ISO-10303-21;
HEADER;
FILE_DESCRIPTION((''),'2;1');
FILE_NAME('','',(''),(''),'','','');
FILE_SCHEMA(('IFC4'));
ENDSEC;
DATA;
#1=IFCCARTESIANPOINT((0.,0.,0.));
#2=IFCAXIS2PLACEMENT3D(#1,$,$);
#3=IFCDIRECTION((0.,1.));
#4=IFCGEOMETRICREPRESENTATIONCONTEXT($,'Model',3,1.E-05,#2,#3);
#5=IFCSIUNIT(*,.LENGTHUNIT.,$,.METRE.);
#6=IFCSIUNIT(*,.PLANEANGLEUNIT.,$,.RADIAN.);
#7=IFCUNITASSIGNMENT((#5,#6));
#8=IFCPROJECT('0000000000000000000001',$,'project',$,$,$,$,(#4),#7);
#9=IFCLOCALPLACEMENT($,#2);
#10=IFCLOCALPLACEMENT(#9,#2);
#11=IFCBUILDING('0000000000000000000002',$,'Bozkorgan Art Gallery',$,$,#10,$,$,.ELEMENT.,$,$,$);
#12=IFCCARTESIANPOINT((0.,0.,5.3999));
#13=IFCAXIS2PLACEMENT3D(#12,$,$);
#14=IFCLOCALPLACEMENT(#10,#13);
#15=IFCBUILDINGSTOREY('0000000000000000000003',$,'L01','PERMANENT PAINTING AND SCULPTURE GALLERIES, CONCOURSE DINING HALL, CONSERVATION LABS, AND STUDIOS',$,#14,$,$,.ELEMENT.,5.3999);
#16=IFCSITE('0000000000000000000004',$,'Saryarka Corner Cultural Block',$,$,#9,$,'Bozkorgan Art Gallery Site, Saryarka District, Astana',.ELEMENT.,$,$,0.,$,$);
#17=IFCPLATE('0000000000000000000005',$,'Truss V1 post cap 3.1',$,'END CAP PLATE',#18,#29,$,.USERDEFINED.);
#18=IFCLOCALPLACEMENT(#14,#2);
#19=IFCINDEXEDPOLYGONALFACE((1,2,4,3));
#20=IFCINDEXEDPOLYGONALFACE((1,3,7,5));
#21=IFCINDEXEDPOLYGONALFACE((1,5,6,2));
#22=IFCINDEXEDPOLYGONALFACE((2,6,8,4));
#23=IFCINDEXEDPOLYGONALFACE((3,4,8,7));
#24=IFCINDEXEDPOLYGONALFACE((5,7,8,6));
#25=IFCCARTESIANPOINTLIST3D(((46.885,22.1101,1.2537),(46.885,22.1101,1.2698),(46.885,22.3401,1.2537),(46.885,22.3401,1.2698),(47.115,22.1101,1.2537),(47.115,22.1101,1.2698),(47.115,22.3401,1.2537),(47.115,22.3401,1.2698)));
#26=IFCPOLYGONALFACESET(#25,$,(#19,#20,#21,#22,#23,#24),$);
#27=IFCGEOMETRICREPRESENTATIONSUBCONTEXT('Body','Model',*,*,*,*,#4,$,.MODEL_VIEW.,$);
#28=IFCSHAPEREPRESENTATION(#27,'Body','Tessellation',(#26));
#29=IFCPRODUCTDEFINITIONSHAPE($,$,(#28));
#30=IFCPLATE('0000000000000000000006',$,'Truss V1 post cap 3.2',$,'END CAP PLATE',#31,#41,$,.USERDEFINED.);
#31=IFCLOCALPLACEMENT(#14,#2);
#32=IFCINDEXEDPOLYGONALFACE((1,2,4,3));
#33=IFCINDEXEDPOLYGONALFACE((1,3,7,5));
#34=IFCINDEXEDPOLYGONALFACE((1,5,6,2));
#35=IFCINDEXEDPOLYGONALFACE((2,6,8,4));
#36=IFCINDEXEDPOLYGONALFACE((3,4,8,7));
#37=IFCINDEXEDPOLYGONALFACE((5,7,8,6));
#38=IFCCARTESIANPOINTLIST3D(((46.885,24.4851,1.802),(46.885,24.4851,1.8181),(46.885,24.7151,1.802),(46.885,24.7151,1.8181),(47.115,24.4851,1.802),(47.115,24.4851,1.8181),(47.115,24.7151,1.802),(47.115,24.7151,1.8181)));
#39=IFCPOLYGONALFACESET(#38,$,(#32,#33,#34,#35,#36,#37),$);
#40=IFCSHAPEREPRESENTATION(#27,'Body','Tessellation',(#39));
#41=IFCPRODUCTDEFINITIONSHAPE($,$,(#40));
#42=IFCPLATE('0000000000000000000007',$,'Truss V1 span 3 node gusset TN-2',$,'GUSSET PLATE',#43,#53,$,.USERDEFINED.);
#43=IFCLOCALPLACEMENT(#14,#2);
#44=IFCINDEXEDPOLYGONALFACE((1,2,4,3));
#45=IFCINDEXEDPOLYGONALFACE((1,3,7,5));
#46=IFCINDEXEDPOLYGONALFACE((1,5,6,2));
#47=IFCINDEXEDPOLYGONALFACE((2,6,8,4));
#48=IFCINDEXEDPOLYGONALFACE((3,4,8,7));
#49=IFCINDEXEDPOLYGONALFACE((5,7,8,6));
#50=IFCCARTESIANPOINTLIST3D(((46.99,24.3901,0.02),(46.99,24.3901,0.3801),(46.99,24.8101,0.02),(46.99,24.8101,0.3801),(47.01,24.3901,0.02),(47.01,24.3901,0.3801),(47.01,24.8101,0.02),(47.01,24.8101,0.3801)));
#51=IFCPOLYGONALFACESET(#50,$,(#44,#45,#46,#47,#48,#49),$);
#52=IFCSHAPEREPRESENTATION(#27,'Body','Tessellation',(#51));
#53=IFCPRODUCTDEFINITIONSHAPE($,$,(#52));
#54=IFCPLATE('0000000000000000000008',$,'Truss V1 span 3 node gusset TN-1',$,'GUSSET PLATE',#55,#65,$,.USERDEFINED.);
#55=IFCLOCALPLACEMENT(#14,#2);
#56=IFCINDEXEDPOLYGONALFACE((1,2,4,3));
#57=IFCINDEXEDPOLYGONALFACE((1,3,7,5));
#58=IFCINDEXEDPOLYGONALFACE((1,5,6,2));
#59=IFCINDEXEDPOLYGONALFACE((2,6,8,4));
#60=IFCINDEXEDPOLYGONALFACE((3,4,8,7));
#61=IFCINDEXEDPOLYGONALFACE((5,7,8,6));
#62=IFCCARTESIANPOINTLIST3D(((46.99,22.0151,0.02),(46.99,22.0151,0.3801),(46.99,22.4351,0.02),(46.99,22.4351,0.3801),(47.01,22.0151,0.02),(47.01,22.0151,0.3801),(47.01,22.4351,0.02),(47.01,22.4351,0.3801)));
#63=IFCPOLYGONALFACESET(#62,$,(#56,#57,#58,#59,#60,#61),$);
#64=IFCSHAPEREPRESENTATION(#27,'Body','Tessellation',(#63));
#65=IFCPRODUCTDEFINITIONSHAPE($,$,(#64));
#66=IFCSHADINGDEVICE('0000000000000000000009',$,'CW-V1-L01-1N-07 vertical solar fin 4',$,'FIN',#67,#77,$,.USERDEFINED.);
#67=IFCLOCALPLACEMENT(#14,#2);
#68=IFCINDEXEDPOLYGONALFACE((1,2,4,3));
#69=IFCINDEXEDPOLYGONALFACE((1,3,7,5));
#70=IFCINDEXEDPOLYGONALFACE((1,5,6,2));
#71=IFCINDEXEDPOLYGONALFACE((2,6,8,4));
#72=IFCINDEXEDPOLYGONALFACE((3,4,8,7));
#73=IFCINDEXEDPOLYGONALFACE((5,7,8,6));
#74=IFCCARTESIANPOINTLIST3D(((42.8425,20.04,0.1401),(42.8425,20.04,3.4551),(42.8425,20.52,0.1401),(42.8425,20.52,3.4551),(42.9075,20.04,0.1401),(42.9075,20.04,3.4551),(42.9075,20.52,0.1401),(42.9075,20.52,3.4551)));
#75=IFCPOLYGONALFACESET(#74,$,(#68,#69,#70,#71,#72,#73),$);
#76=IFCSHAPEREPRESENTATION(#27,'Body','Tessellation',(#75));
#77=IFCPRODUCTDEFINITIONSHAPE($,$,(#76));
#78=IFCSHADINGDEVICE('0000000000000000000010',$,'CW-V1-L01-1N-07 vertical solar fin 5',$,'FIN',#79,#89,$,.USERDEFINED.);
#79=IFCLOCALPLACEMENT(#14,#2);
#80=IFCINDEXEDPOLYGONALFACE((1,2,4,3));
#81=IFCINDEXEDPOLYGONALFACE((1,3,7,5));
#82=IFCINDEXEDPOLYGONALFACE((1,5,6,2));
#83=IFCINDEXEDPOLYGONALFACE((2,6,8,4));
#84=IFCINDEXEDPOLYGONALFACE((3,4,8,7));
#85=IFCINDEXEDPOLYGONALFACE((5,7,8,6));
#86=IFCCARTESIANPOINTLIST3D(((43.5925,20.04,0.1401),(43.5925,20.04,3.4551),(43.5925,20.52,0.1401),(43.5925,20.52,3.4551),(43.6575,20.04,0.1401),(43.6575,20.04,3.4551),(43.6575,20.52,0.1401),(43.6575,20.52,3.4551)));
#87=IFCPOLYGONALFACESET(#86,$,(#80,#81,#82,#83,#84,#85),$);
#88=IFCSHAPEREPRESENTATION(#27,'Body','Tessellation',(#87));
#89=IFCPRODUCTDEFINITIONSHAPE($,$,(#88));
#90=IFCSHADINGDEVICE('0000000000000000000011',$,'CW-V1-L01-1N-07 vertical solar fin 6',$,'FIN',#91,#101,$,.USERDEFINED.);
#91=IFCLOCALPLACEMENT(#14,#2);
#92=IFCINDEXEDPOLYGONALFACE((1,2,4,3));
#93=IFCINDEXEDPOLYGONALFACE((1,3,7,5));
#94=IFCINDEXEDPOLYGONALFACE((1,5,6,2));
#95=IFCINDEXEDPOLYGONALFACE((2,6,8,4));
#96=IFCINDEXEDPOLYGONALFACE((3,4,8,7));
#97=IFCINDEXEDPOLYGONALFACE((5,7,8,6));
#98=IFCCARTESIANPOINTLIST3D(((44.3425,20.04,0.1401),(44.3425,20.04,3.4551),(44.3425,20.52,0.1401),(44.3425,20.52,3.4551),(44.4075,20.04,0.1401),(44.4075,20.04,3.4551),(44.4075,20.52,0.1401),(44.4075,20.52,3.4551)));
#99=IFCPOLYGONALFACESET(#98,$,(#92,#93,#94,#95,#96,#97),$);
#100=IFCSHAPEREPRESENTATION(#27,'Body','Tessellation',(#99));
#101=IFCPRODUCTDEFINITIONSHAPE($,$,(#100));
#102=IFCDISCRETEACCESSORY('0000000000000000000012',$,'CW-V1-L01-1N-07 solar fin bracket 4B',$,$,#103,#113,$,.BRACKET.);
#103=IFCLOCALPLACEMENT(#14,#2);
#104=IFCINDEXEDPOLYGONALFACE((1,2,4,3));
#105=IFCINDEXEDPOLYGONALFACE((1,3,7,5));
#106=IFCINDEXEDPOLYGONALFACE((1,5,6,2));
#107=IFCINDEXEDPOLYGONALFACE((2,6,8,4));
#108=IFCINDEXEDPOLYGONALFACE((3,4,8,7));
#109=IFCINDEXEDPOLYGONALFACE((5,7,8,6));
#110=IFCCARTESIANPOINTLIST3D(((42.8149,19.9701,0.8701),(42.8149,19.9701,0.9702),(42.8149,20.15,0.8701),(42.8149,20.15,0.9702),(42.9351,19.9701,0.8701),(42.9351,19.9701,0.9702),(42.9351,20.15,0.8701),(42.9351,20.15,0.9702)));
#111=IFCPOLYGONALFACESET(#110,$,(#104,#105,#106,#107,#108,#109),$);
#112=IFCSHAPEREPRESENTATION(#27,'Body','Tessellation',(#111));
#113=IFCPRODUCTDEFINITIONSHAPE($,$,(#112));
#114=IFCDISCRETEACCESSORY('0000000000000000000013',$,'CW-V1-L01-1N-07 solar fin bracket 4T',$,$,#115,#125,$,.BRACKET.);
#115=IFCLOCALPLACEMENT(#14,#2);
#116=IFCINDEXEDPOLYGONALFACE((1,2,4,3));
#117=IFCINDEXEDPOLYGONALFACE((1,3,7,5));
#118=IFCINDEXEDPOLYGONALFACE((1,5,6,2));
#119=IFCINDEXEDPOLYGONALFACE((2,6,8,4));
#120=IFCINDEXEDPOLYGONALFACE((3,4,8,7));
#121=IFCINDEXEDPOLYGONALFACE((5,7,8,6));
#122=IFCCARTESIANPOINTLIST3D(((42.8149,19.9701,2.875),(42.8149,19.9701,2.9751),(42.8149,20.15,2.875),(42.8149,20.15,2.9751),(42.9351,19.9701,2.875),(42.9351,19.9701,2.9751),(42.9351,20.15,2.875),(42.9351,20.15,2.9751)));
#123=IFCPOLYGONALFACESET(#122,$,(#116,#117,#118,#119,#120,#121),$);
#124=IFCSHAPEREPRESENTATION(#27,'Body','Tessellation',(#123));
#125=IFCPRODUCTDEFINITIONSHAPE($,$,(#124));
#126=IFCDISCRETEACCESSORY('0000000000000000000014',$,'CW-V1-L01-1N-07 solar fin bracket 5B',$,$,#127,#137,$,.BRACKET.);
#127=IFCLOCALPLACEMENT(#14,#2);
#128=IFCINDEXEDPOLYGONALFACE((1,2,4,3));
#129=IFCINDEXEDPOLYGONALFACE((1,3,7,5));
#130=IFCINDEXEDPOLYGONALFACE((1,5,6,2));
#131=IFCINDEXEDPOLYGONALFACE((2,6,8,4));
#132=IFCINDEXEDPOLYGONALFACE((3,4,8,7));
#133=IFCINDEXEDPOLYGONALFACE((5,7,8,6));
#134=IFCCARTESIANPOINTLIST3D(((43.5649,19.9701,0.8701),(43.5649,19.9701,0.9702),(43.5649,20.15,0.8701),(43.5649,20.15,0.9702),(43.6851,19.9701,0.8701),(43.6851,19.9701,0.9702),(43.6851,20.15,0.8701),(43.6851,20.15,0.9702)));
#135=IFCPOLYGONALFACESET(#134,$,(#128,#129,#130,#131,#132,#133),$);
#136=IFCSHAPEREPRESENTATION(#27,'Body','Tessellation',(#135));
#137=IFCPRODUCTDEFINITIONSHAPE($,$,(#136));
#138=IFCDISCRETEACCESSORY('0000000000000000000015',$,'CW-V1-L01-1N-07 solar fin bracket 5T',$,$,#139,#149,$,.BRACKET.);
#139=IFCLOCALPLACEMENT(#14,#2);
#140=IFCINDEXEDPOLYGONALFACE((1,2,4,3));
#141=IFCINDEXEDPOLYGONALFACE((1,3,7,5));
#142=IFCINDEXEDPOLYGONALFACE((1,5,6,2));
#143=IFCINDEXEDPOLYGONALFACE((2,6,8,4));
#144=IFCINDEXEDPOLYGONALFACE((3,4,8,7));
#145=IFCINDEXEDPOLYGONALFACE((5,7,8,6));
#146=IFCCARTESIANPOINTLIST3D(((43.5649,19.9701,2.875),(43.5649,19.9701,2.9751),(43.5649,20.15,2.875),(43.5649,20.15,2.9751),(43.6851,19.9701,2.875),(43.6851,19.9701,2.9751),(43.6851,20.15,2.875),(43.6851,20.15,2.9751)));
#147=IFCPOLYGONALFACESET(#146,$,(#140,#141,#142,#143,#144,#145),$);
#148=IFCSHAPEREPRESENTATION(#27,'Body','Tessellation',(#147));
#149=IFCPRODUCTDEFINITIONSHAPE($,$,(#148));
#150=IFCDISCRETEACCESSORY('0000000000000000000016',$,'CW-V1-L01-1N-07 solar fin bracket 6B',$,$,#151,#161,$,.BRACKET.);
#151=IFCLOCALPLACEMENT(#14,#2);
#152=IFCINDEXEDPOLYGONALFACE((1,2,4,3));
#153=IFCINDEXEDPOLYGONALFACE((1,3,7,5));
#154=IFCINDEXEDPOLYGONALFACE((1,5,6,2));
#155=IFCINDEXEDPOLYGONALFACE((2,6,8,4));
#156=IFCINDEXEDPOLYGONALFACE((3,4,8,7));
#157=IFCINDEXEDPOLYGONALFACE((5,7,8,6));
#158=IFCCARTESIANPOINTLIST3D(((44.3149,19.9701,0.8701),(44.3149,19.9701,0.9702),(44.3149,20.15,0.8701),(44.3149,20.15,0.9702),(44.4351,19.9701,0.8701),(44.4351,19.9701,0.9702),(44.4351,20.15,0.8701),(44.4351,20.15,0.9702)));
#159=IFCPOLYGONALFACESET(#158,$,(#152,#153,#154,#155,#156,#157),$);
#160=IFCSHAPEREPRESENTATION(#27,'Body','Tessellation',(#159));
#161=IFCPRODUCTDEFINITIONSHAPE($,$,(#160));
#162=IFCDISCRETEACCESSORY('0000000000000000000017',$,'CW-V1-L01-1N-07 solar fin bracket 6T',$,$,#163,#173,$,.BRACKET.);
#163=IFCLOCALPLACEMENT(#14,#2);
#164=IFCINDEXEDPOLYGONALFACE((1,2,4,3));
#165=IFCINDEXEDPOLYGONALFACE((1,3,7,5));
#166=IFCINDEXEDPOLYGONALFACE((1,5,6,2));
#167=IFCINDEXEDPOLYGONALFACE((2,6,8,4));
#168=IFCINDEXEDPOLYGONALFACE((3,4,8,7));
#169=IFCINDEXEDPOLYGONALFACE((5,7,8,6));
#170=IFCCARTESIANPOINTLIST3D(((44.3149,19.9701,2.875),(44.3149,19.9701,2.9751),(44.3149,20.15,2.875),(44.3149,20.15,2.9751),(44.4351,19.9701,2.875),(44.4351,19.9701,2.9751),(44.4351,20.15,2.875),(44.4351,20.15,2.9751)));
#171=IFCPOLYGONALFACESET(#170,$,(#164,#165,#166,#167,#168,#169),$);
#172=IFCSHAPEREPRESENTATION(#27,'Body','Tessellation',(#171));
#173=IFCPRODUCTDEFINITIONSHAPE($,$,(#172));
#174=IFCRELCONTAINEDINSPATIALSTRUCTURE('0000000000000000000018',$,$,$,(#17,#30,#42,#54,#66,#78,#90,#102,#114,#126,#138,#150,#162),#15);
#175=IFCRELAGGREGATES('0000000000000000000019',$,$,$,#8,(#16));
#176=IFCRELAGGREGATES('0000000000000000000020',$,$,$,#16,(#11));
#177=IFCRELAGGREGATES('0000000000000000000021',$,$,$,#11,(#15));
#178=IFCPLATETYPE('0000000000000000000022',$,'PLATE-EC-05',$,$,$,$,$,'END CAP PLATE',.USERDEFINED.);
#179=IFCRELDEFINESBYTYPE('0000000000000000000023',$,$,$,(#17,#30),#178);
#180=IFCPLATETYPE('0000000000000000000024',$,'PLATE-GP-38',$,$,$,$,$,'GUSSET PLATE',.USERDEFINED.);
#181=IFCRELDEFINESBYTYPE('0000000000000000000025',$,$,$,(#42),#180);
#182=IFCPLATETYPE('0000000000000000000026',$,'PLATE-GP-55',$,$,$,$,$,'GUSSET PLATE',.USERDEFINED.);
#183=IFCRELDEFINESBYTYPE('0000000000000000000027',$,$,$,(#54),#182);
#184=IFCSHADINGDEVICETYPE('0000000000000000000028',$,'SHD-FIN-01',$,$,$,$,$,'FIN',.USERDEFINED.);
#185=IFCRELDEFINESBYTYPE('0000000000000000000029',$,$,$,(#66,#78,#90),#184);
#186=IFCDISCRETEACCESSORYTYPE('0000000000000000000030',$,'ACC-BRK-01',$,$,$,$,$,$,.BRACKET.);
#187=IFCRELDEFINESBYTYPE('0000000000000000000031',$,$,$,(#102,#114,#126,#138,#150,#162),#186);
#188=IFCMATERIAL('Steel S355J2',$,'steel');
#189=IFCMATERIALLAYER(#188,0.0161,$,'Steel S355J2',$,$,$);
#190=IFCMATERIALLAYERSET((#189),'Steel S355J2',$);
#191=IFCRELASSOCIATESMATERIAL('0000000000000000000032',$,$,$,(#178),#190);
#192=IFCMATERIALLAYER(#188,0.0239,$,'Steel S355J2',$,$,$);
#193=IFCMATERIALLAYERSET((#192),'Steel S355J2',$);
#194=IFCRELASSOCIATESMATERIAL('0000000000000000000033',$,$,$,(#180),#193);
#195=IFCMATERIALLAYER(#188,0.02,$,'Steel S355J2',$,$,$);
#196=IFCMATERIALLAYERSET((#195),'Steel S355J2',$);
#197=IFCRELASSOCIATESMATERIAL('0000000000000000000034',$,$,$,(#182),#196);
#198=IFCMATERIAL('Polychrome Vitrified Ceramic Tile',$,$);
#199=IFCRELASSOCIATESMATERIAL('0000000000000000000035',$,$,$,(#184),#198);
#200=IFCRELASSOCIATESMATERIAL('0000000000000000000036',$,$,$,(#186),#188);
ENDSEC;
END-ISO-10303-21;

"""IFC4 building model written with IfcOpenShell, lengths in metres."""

from ifc_helpers import new_model, si_unit, direction, frame, origin, origin_2d, place, context, subcontext, project, spatial, rectangle, extrude, material, layer, layer_set, type_object, element, save


model = new_model("IFC4")

# Units and contexts
model_context = context("Model", 3, precision=1e-05, world=origin(), true_north=direction((0.0, 1.0)))
body_context = subcontext(model_context, "Body", "Model", "MODEL_VIEW")
ifc_project = project(units=[si_unit("LENGTHUNIT", "METRE"), si_unit("PLANEANGLEUNIT", "RADIAN")], contexts=[model_context])

# Site, building, storey
site_placement = place(None, origin())
site = spatial("IfcSite", under=ifc_project, at=site_placement, Name="Saryarka Corner Cultural Block", LongName="Bozkorgan Art Gallery Site, Saryarka District, Astana", CompositionType="ELEMENT", RefElevation=0.0)
building_placement = place(site_placement, origin())
building = spatial("IfcBuilding", under=site, at=building_placement, Name="Bozkorgan Art Gallery", CompositionType="ELEMENT")
storey_placement = place(building_placement, frame((0.0, 0.0, 5.3999)))
storey = spatial("IfcBuildingStorey", under=building, at=storey_placement, Name="L01", Description="PERMANENT PAINTING AND SCULPTURE GALLERIES, CONCOURSE DINING HALL, CONSERVATION LABS, AND STUDIOS", CompositionType="ELEMENT", Elevation=5.3999)

# Shared definitions
ifc_material_1 = material(Name="Steel S355J2", Category="steel")

# Plates
ifc_layer_1 = layer(ifc_material_1, 0.0161, Name="Steel S355J2")
ifc_layer_set_1 = layer_set([ifc_layer_1], Name="Steel S355J2")
plate_type_1 = type_object("IfcPlateType", Name="PLATE-EC-05", ElementType="END CAP PLATE", PredefinedType="USERDEFINED", material=ifc_layer_set_1)
for number, where, z_axis, x_axis, name in (
    (1, (47.0, 22.2251, 1.2537), (0.0, 0.0, 1.0), (1.0, 0.0, 0.0), "Truss V1 post cap 3.1"),
    (2, (47.0, 24.6001, 1.802), (0.0, 0.0, 1.0), (1.0, 0.0, 0.0), "Truss V1 post cap 3.2"),
):
    element("IfcPlate", number, at=place(storey_placement, frame(where, z_axis=z_axis, x_axis=x_axis)), inside=storey, type_object=plate_type_1, Name=name, ObjectType="END CAP PLATE", PredefinedType="USERDEFINED", context=body_context, shape_type="SweptSolid", body=[
        extrude(rectangle(XDim=0.23, YDim=0.23, at=origin_2d()), origin(), (0.0, 0.0, 1.0), 0.0161),
    ])
ifc_layer_2 = layer(ifc_material_1, 0.0239, Name="Steel S355J2")
ifc_layer_set_2 = layer_set([ifc_layer_2], Name="Steel S355J2")
plate_type_2 = type_object("IfcPlateType", Name="PLATE-GP-38", ElementType="GUSSET PLATE", PredefinedType="USERDEFINED", material=ifc_layer_set_2)
plate_1_placement = place(storey_placement, frame((47.0, 24.6001, 0.02), z_axis=(0.0, 0.0, 1.0), x_axis=(1.0, 0.0, 0.0)))
element("IfcPlate", 3, at=plate_1_placement, inside=storey, type_object=plate_type_2, Name="Truss V1 span 3 node gusset TN-2", ObjectType="GUSSET PLATE", PredefinedType="USERDEFINED", context=body_context, shape_type="SweptSolid", body=[
    extrude(rectangle(XDim=0.02, YDim=0.4199, at=origin_2d()), origin(), (0.0, 0.0, 1.0), 0.3601),
])
ifc_layer_3 = layer(ifc_material_1, 0.02, Name="Steel S355J2")
ifc_layer_set_3 = layer_set([ifc_layer_3], Name="Steel S355J2")
plate_type_3 = type_object("IfcPlateType", Name="PLATE-GP-55", ElementType="GUSSET PLATE", PredefinedType="USERDEFINED", material=ifc_layer_set_3)
plate_2_placement = place(storey_placement, frame((47.0, 22.2251, 0.02), z_axis=(0.0, 0.0, 1.0), x_axis=(1.0, 0.0, 0.0)))
element("IfcPlate", 4, at=plate_2_placement, inside=storey, type_object=plate_type_3, Name="Truss V1 span 3 node gusset TN-1", ObjectType="GUSSET PLATE", PredefinedType="USERDEFINED", context=body_context, shape_type="SweptSolid", body=[
    extrude(rectangle(XDim=0.02, YDim=0.4199, at=origin_2d()), origin(), (0.0, 0.0, 1.0), 0.3601),
])

# Shading devices
ifc_material_2 = material(Name="Polychrome Vitrified Ceramic Tile")
shading_device_type = type_object("IfcShadingDeviceType", Name="SHD-FIN-01", ElementType="FIN", PredefinedType="USERDEFINED", material=ifc_material_2)
for number, where, z_axis, x_axis, name in (
    (5, (42.875, 20.28, 0.1401), (0.0, 0.0, 1.0), (0.0, 1.0, 0.0), "CW-V1-L01-1N-07 vertical solar fin 4"),
    (6, (43.625, 20.28, 0.1401), (0.0, 0.0, 1.0), (0.0, 1.0, 0.0), "CW-V1-L01-1N-07 vertical solar fin 5"),
    (7, (44.375, 20.28, 0.1401), (0.0, 0.0, 1.0), (0.0, 1.0, 0.0), "CW-V1-L01-1N-07 vertical solar fin 6"),
):
    element("IfcShadingDevice", number, at=place(storey_placement, frame(where, z_axis=z_axis, x_axis=x_axis)), inside=storey, type_object=shading_device_type, Name=name, ObjectType="FIN", PredefinedType="USERDEFINED", context=body_context, shape_type="SweptSolid", body=[
        extrude(rectangle(XDim=0.48, YDim=0.0649, at=origin_2d()), origin(), (0.0, 0.0, 1.0), 3.3149),
    ])

# Discrete accessories
discrete_accessory_type = type_object("IfcDiscreteAccessoryType", Name="ACC-BRK-01", PredefinedType="BRACKET", material=ifc_material_1)
for number, where, z_axis, x_axis, name in (
    (8, (42.875, 20.0601, 0.8701), (0.0, 0.0, 1.0), (0.0, 1.0, 0.0), "CW-V1-L01-1N-07 solar fin bracket 4B"),
    (9, (42.875, 20.0601, 2.875), (0.0, 0.0, 1.0), (0.0, 1.0, 0.0), "CW-V1-L01-1N-07 solar fin bracket 4T"),
    (10, (43.625, 20.0601, 0.8701), (0.0, 0.0, 1.0), (0.0, 1.0, 0.0), "CW-V1-L01-1N-07 solar fin bracket 5B"),
    (11, (43.625, 20.0601, 2.875), (0.0, 0.0, 1.0), (0.0, 1.0, 0.0), "CW-V1-L01-1N-07 solar fin bracket 5T"),
    (12, (44.375, 20.0601, 0.8701), (0.0, 0.0, 1.0), (0.0, 1.0, 0.0), "CW-V1-L01-1N-07 solar fin bracket 6B"),
    (13, (44.375, 20.0601, 2.875), (0.0, 0.0, 1.0), (0.0, 1.0, 0.0), "CW-V1-L01-1N-07 solar fin bracket 6T"),
):
    element("IfcDiscreteAccessory", number, at=place(storey_placement, frame(where, z_axis=z_axis, x_axis=x_axis)), inside=storey, type_object=discrete_accessory_type, Name=name, PredefinedType="BRACKET", context=body_context, shape_type="SweptSolid", body=[
        extrude(rectangle(XDim=0.1799, YDim=0.1201, at=origin_2d()), origin(), (0.0, 0.0, 1.0), 0.1001),
    ])

save(model, "model.ifc")
